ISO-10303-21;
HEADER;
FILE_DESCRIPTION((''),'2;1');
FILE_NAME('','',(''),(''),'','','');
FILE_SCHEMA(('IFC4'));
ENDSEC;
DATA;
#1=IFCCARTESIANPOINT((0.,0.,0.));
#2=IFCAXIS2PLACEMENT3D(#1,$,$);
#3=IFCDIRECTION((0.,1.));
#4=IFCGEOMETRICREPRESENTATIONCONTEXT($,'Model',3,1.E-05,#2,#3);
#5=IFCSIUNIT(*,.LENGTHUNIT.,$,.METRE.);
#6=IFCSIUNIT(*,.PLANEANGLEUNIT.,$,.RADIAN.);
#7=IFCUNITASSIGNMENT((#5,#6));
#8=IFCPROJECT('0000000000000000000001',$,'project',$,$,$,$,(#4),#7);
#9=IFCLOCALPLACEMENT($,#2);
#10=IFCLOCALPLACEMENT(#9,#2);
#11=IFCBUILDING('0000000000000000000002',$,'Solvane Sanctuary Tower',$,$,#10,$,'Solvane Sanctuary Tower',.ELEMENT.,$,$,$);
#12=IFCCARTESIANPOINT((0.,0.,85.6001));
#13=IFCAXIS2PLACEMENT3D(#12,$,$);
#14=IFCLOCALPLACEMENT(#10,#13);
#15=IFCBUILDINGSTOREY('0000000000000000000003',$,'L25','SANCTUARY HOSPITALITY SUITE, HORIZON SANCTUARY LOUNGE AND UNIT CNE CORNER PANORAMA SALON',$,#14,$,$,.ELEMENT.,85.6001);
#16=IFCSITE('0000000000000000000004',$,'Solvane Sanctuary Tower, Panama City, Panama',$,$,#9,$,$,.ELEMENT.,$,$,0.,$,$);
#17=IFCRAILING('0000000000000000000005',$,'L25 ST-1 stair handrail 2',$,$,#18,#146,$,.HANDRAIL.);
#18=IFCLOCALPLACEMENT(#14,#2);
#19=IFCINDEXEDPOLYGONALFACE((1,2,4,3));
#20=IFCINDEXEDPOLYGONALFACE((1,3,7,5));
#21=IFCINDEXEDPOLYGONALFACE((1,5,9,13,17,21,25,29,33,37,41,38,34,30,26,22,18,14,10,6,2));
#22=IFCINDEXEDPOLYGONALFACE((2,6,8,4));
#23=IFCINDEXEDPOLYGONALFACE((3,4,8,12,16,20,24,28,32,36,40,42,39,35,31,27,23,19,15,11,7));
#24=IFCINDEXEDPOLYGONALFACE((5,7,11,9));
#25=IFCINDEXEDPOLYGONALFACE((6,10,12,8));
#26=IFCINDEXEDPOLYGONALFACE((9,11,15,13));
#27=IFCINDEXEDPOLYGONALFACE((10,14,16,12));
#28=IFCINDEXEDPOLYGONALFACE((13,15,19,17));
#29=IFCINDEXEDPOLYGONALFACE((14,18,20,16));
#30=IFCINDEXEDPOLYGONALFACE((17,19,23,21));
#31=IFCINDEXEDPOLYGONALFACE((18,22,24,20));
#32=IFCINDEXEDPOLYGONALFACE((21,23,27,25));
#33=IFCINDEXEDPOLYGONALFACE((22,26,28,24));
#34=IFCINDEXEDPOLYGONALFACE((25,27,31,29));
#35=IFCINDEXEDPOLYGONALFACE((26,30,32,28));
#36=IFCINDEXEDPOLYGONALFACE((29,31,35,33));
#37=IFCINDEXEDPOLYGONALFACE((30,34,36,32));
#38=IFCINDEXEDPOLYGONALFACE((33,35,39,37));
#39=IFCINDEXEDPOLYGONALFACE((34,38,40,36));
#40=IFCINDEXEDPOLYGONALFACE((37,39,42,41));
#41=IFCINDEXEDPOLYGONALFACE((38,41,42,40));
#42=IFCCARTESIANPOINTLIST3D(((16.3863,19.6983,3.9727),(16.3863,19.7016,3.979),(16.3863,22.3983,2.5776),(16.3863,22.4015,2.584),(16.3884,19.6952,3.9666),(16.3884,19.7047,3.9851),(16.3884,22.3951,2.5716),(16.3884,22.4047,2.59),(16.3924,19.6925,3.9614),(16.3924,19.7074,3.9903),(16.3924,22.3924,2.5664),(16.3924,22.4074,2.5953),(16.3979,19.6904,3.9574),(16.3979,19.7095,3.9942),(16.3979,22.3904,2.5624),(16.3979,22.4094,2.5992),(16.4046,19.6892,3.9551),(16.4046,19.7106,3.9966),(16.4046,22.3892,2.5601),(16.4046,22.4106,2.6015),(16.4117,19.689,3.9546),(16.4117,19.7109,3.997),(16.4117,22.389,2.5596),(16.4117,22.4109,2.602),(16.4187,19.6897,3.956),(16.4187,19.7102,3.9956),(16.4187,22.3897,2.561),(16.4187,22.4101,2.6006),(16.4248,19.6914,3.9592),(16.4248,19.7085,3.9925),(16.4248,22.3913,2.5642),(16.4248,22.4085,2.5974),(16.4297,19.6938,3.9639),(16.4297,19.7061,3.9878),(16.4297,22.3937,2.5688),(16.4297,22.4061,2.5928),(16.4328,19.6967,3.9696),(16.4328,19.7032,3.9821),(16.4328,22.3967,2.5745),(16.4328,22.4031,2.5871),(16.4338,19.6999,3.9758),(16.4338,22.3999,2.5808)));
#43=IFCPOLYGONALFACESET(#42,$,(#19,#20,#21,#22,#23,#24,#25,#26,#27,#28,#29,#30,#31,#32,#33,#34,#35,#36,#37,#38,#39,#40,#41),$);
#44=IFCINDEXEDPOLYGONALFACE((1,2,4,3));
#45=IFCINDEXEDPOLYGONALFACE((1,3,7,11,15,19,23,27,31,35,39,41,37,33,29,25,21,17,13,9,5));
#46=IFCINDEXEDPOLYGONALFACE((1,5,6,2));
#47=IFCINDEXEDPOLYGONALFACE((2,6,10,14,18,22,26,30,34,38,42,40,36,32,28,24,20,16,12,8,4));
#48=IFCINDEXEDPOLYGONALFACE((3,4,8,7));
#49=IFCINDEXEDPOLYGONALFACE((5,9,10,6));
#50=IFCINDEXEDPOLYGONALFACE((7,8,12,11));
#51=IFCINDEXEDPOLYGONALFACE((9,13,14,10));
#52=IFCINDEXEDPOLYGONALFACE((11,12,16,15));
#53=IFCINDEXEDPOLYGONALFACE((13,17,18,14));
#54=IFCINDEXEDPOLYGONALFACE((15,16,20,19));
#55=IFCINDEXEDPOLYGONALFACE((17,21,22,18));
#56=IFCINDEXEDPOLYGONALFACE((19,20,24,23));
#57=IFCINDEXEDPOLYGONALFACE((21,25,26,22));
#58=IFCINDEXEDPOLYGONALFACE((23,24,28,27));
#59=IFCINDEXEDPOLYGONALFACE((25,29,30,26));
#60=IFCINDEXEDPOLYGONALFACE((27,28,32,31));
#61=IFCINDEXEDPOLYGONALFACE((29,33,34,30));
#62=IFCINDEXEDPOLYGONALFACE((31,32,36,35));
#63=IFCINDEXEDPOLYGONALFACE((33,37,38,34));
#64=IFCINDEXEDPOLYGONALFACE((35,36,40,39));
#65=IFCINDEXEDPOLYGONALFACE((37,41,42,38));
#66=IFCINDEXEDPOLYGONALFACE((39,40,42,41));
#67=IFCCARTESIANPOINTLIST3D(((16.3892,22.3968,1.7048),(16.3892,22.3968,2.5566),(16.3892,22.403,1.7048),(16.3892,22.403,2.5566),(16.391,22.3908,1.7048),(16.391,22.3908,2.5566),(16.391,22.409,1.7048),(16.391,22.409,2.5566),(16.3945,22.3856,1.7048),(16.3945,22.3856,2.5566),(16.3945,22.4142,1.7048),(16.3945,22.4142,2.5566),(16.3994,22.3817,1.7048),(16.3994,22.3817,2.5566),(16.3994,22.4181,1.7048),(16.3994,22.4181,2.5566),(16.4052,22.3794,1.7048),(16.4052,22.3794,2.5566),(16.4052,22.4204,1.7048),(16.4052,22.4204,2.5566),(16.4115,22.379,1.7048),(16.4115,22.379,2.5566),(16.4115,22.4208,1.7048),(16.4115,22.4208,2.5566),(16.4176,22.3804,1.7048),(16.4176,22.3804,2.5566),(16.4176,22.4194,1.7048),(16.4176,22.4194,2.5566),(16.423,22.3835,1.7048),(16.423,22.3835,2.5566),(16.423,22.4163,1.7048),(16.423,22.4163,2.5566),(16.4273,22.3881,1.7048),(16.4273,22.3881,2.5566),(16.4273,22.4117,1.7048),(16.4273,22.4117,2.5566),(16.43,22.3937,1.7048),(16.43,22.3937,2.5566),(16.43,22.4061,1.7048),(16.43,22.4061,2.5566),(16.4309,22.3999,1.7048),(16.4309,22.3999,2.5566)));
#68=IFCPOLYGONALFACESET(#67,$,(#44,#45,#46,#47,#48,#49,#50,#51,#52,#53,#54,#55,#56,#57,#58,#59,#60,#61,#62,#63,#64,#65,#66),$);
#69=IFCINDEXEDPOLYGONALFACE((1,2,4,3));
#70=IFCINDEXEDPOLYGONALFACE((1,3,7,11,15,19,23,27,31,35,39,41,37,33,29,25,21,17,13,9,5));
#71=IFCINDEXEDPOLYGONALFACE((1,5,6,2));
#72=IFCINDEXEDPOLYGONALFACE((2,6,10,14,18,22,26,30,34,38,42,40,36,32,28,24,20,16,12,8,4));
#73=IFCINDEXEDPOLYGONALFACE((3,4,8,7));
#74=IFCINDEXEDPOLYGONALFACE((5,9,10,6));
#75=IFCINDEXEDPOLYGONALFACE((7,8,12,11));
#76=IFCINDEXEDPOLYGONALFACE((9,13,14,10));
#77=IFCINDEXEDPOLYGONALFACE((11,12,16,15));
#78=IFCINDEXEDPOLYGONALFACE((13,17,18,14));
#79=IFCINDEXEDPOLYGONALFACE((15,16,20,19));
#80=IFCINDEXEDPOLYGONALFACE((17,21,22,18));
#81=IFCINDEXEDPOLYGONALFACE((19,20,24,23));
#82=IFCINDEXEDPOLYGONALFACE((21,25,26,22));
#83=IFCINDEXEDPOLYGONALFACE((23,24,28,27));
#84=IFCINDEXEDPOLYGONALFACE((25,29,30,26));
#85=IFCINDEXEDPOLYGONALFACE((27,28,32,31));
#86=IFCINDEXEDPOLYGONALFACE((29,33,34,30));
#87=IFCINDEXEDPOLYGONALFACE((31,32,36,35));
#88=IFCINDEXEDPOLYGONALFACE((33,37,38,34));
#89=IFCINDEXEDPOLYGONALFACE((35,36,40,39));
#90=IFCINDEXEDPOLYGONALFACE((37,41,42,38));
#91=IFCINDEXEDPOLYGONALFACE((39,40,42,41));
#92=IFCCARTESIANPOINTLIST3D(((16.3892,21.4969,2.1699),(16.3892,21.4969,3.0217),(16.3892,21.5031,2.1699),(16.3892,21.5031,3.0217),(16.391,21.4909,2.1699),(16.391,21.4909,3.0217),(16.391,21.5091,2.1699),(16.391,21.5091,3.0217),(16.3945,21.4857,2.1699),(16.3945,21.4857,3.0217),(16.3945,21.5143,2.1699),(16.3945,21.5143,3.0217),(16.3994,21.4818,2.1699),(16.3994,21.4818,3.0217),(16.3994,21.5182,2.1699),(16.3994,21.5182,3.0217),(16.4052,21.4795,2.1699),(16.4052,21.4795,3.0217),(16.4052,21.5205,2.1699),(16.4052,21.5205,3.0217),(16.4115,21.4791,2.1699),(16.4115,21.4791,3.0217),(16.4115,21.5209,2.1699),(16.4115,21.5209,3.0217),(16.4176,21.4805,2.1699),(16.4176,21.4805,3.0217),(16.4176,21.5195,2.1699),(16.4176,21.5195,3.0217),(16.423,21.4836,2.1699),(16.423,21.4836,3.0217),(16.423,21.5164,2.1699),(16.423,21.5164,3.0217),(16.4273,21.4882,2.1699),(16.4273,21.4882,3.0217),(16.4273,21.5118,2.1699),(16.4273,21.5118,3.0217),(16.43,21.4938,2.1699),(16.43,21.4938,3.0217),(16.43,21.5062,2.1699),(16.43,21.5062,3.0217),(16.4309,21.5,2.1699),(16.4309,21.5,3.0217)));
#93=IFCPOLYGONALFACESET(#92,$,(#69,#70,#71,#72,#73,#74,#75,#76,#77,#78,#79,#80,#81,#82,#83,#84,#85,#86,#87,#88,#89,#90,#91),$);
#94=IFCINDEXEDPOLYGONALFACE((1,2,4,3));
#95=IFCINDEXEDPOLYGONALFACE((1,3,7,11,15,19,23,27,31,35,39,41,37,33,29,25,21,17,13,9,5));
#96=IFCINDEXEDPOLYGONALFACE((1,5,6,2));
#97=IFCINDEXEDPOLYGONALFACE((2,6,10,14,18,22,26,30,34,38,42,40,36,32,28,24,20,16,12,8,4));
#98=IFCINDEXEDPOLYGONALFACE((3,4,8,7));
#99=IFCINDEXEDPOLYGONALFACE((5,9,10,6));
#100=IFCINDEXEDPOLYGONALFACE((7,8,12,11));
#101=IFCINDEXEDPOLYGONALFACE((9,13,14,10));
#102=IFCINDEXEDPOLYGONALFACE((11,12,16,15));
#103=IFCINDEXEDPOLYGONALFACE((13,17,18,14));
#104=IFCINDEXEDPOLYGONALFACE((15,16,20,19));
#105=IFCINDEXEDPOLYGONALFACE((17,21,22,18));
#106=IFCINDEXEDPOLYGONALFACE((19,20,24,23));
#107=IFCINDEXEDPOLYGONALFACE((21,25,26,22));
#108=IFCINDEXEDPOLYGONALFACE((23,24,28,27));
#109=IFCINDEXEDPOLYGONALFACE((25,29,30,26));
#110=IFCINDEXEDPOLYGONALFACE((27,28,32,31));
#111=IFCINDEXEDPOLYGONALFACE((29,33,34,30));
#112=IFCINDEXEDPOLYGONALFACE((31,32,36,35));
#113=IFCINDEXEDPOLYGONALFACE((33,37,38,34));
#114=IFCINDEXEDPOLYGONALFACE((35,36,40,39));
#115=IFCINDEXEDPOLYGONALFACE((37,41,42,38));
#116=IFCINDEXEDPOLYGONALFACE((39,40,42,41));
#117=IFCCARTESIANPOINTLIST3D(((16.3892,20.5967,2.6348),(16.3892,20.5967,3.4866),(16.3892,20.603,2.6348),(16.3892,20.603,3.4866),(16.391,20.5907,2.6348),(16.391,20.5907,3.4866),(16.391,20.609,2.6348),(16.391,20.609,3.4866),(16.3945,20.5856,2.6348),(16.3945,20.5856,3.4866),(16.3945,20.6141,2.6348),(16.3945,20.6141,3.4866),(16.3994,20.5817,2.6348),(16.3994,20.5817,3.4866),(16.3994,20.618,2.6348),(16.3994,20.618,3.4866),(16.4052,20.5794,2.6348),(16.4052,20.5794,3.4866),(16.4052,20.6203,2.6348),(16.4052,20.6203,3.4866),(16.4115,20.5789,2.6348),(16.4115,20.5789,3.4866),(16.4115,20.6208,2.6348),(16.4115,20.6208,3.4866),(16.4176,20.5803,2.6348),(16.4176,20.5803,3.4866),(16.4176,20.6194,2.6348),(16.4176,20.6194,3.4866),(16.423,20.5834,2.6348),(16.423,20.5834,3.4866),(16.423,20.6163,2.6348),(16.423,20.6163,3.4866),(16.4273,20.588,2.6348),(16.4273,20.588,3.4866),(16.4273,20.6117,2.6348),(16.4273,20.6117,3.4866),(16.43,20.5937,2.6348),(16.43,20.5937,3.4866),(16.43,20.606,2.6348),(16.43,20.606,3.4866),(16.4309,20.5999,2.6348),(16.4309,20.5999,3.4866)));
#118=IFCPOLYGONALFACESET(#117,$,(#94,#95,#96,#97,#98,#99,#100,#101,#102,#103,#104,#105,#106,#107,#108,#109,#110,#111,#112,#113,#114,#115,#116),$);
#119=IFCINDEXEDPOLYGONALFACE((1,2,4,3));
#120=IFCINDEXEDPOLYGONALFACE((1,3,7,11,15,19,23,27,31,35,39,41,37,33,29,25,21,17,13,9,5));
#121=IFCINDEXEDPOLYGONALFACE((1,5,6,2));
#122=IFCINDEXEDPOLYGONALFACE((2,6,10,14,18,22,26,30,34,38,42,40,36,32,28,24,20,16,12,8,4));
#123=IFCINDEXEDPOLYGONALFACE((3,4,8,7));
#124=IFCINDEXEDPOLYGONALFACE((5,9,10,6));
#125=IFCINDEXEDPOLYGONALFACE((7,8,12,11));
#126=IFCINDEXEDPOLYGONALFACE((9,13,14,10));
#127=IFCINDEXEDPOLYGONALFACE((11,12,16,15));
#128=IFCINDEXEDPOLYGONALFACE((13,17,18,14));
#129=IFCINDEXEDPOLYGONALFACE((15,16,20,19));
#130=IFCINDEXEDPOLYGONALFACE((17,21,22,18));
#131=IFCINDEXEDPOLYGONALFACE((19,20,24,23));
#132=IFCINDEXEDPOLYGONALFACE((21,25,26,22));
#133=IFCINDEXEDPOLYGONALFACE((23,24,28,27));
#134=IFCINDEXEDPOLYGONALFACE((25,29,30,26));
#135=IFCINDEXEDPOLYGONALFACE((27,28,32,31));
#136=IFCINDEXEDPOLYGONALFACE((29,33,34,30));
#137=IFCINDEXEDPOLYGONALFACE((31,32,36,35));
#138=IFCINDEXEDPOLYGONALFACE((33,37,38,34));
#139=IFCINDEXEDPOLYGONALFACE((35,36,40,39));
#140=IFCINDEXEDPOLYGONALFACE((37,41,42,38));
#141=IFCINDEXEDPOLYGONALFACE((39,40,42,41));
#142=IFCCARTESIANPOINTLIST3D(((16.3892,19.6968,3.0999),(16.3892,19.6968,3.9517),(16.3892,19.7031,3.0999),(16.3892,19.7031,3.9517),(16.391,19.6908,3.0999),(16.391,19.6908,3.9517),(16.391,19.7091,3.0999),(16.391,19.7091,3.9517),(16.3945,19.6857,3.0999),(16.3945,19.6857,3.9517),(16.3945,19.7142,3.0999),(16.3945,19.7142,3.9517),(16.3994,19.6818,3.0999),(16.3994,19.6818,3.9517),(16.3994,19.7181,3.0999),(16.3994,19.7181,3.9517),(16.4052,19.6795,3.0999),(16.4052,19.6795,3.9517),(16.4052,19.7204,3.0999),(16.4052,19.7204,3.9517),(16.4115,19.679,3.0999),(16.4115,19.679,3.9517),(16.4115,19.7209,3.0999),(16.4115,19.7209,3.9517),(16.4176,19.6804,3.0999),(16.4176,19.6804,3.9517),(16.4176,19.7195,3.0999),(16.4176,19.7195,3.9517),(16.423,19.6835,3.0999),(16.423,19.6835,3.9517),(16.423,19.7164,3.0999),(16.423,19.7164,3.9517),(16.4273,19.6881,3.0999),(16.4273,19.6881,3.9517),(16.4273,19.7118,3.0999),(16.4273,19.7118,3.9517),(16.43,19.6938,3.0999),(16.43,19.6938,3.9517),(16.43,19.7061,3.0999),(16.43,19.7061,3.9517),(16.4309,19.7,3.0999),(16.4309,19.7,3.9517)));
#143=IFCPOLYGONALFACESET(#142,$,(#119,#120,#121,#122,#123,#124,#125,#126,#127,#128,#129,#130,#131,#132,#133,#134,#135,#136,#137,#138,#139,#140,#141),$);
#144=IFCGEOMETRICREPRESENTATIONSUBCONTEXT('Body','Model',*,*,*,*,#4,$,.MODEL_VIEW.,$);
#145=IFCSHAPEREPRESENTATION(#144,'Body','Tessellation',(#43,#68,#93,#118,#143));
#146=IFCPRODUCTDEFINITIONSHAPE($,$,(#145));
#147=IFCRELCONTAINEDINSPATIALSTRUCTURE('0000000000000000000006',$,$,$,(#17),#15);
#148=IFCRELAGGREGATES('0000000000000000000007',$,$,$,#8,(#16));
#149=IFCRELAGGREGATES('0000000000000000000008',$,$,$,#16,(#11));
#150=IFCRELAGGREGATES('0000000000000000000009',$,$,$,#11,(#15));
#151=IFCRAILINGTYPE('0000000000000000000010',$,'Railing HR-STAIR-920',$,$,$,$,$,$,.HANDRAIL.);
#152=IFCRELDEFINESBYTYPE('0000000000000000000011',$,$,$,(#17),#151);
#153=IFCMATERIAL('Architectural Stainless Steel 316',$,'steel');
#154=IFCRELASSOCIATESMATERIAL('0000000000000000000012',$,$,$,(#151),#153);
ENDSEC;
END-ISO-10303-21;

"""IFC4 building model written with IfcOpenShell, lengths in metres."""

from ifc_helpers import new_model, si_unit, direction, frame, origin, origin_2d, place, context, subcontext, project, spatial, circle, extrude, material, type_object, element, save


model = new_model("IFC4")

# Units and contexts
model_context = context("Model", 3, precision=1e-05, world=origin(), true_north=direction((0.0, 1.0)))
body_context = subcontext(model_context, "Body", "Model", "MODEL_VIEW")
ifc_project = project(units=[si_unit("LENGTHUNIT", "METRE"), si_unit("PLANEANGLEUNIT", "RADIAN")], contexts=[model_context])

# Site, building, storey
site_placement = place(None, origin())
site = spatial("IfcSite", under=ifc_project, at=site_placement, Name="Solvane Sanctuary Tower, Panama City, Panama", CompositionType="ELEMENT", RefElevation=0.0)
building_placement = place(site_placement, origin())
building = spatial("IfcBuilding", under=site, at=building_placement, Name="Solvane Sanctuary Tower", LongName="Solvane Sanctuary Tower", CompositionType="ELEMENT")
storey_placement = place(building_placement, frame((0.0, 0.0, 85.6001)))
storey = spatial("IfcBuildingStorey", under=building, at=storey_placement, Name="L25", Description="SANCTUARY HOSPITALITY SUITE, HORIZON SANCTUARY LOUNGE AND UNIT CNE CORNER PANORAMA SALON", CompositionType="ELEMENT", Elevation=85.6001)

# Railing
ifc_material_1 = material(Name="Architectural Stainless Steel 316", Category="steel")
railing_type_1 = type_object("IfcRailingType", Name="Railing HR-STAIR-920", PredefinedType="HANDRAIL", material=ifc_material_1)
railing_1_placement = place(storey_placement, frame((16.4099, 22.3999, 1.7048)))
element("IfcRailing", 1, at=railing_1_placement, inside=storey, type_object=railing_type_1, Name="L25 ST-1 stair handrail 2", PredefinedType="HANDRAIL", context=body_context, shape_type="SweptSolid", body=[
    extrude(circle(Radius=0.0239, at=origin_2d()), frame((0.0, 0.0, 0.876), z_axis=(0.0, -0.88842, 0.459032), x_axis=(1.0, 0.0, 0.0)), (0.0, 0.0, 1.0), 3.0391),
    extrude(circle(Radius=0.021, at=origin_2d()), origin(), (0.0, 0.0, 1.0), 0.8518),
    extrude(circle(Radius=0.021, at=origin_2d()), frame((0.0, -0.8999, 0.4651)), (0.0, 0.0, 1.0), 0.8518),
    extrude(circle(Radius=0.021, at=origin_2d()), frame((0.0, -1.8, 0.9299)), (0.0, 0.0, 1.0), 0.8518),
    extrude(circle(Radius=0.021, at=origin_2d()), frame((0.0, -2.7, 1.395)), (0.0, 0.0, 1.0), 0.8518),
])

save(model, "model.ifc")
